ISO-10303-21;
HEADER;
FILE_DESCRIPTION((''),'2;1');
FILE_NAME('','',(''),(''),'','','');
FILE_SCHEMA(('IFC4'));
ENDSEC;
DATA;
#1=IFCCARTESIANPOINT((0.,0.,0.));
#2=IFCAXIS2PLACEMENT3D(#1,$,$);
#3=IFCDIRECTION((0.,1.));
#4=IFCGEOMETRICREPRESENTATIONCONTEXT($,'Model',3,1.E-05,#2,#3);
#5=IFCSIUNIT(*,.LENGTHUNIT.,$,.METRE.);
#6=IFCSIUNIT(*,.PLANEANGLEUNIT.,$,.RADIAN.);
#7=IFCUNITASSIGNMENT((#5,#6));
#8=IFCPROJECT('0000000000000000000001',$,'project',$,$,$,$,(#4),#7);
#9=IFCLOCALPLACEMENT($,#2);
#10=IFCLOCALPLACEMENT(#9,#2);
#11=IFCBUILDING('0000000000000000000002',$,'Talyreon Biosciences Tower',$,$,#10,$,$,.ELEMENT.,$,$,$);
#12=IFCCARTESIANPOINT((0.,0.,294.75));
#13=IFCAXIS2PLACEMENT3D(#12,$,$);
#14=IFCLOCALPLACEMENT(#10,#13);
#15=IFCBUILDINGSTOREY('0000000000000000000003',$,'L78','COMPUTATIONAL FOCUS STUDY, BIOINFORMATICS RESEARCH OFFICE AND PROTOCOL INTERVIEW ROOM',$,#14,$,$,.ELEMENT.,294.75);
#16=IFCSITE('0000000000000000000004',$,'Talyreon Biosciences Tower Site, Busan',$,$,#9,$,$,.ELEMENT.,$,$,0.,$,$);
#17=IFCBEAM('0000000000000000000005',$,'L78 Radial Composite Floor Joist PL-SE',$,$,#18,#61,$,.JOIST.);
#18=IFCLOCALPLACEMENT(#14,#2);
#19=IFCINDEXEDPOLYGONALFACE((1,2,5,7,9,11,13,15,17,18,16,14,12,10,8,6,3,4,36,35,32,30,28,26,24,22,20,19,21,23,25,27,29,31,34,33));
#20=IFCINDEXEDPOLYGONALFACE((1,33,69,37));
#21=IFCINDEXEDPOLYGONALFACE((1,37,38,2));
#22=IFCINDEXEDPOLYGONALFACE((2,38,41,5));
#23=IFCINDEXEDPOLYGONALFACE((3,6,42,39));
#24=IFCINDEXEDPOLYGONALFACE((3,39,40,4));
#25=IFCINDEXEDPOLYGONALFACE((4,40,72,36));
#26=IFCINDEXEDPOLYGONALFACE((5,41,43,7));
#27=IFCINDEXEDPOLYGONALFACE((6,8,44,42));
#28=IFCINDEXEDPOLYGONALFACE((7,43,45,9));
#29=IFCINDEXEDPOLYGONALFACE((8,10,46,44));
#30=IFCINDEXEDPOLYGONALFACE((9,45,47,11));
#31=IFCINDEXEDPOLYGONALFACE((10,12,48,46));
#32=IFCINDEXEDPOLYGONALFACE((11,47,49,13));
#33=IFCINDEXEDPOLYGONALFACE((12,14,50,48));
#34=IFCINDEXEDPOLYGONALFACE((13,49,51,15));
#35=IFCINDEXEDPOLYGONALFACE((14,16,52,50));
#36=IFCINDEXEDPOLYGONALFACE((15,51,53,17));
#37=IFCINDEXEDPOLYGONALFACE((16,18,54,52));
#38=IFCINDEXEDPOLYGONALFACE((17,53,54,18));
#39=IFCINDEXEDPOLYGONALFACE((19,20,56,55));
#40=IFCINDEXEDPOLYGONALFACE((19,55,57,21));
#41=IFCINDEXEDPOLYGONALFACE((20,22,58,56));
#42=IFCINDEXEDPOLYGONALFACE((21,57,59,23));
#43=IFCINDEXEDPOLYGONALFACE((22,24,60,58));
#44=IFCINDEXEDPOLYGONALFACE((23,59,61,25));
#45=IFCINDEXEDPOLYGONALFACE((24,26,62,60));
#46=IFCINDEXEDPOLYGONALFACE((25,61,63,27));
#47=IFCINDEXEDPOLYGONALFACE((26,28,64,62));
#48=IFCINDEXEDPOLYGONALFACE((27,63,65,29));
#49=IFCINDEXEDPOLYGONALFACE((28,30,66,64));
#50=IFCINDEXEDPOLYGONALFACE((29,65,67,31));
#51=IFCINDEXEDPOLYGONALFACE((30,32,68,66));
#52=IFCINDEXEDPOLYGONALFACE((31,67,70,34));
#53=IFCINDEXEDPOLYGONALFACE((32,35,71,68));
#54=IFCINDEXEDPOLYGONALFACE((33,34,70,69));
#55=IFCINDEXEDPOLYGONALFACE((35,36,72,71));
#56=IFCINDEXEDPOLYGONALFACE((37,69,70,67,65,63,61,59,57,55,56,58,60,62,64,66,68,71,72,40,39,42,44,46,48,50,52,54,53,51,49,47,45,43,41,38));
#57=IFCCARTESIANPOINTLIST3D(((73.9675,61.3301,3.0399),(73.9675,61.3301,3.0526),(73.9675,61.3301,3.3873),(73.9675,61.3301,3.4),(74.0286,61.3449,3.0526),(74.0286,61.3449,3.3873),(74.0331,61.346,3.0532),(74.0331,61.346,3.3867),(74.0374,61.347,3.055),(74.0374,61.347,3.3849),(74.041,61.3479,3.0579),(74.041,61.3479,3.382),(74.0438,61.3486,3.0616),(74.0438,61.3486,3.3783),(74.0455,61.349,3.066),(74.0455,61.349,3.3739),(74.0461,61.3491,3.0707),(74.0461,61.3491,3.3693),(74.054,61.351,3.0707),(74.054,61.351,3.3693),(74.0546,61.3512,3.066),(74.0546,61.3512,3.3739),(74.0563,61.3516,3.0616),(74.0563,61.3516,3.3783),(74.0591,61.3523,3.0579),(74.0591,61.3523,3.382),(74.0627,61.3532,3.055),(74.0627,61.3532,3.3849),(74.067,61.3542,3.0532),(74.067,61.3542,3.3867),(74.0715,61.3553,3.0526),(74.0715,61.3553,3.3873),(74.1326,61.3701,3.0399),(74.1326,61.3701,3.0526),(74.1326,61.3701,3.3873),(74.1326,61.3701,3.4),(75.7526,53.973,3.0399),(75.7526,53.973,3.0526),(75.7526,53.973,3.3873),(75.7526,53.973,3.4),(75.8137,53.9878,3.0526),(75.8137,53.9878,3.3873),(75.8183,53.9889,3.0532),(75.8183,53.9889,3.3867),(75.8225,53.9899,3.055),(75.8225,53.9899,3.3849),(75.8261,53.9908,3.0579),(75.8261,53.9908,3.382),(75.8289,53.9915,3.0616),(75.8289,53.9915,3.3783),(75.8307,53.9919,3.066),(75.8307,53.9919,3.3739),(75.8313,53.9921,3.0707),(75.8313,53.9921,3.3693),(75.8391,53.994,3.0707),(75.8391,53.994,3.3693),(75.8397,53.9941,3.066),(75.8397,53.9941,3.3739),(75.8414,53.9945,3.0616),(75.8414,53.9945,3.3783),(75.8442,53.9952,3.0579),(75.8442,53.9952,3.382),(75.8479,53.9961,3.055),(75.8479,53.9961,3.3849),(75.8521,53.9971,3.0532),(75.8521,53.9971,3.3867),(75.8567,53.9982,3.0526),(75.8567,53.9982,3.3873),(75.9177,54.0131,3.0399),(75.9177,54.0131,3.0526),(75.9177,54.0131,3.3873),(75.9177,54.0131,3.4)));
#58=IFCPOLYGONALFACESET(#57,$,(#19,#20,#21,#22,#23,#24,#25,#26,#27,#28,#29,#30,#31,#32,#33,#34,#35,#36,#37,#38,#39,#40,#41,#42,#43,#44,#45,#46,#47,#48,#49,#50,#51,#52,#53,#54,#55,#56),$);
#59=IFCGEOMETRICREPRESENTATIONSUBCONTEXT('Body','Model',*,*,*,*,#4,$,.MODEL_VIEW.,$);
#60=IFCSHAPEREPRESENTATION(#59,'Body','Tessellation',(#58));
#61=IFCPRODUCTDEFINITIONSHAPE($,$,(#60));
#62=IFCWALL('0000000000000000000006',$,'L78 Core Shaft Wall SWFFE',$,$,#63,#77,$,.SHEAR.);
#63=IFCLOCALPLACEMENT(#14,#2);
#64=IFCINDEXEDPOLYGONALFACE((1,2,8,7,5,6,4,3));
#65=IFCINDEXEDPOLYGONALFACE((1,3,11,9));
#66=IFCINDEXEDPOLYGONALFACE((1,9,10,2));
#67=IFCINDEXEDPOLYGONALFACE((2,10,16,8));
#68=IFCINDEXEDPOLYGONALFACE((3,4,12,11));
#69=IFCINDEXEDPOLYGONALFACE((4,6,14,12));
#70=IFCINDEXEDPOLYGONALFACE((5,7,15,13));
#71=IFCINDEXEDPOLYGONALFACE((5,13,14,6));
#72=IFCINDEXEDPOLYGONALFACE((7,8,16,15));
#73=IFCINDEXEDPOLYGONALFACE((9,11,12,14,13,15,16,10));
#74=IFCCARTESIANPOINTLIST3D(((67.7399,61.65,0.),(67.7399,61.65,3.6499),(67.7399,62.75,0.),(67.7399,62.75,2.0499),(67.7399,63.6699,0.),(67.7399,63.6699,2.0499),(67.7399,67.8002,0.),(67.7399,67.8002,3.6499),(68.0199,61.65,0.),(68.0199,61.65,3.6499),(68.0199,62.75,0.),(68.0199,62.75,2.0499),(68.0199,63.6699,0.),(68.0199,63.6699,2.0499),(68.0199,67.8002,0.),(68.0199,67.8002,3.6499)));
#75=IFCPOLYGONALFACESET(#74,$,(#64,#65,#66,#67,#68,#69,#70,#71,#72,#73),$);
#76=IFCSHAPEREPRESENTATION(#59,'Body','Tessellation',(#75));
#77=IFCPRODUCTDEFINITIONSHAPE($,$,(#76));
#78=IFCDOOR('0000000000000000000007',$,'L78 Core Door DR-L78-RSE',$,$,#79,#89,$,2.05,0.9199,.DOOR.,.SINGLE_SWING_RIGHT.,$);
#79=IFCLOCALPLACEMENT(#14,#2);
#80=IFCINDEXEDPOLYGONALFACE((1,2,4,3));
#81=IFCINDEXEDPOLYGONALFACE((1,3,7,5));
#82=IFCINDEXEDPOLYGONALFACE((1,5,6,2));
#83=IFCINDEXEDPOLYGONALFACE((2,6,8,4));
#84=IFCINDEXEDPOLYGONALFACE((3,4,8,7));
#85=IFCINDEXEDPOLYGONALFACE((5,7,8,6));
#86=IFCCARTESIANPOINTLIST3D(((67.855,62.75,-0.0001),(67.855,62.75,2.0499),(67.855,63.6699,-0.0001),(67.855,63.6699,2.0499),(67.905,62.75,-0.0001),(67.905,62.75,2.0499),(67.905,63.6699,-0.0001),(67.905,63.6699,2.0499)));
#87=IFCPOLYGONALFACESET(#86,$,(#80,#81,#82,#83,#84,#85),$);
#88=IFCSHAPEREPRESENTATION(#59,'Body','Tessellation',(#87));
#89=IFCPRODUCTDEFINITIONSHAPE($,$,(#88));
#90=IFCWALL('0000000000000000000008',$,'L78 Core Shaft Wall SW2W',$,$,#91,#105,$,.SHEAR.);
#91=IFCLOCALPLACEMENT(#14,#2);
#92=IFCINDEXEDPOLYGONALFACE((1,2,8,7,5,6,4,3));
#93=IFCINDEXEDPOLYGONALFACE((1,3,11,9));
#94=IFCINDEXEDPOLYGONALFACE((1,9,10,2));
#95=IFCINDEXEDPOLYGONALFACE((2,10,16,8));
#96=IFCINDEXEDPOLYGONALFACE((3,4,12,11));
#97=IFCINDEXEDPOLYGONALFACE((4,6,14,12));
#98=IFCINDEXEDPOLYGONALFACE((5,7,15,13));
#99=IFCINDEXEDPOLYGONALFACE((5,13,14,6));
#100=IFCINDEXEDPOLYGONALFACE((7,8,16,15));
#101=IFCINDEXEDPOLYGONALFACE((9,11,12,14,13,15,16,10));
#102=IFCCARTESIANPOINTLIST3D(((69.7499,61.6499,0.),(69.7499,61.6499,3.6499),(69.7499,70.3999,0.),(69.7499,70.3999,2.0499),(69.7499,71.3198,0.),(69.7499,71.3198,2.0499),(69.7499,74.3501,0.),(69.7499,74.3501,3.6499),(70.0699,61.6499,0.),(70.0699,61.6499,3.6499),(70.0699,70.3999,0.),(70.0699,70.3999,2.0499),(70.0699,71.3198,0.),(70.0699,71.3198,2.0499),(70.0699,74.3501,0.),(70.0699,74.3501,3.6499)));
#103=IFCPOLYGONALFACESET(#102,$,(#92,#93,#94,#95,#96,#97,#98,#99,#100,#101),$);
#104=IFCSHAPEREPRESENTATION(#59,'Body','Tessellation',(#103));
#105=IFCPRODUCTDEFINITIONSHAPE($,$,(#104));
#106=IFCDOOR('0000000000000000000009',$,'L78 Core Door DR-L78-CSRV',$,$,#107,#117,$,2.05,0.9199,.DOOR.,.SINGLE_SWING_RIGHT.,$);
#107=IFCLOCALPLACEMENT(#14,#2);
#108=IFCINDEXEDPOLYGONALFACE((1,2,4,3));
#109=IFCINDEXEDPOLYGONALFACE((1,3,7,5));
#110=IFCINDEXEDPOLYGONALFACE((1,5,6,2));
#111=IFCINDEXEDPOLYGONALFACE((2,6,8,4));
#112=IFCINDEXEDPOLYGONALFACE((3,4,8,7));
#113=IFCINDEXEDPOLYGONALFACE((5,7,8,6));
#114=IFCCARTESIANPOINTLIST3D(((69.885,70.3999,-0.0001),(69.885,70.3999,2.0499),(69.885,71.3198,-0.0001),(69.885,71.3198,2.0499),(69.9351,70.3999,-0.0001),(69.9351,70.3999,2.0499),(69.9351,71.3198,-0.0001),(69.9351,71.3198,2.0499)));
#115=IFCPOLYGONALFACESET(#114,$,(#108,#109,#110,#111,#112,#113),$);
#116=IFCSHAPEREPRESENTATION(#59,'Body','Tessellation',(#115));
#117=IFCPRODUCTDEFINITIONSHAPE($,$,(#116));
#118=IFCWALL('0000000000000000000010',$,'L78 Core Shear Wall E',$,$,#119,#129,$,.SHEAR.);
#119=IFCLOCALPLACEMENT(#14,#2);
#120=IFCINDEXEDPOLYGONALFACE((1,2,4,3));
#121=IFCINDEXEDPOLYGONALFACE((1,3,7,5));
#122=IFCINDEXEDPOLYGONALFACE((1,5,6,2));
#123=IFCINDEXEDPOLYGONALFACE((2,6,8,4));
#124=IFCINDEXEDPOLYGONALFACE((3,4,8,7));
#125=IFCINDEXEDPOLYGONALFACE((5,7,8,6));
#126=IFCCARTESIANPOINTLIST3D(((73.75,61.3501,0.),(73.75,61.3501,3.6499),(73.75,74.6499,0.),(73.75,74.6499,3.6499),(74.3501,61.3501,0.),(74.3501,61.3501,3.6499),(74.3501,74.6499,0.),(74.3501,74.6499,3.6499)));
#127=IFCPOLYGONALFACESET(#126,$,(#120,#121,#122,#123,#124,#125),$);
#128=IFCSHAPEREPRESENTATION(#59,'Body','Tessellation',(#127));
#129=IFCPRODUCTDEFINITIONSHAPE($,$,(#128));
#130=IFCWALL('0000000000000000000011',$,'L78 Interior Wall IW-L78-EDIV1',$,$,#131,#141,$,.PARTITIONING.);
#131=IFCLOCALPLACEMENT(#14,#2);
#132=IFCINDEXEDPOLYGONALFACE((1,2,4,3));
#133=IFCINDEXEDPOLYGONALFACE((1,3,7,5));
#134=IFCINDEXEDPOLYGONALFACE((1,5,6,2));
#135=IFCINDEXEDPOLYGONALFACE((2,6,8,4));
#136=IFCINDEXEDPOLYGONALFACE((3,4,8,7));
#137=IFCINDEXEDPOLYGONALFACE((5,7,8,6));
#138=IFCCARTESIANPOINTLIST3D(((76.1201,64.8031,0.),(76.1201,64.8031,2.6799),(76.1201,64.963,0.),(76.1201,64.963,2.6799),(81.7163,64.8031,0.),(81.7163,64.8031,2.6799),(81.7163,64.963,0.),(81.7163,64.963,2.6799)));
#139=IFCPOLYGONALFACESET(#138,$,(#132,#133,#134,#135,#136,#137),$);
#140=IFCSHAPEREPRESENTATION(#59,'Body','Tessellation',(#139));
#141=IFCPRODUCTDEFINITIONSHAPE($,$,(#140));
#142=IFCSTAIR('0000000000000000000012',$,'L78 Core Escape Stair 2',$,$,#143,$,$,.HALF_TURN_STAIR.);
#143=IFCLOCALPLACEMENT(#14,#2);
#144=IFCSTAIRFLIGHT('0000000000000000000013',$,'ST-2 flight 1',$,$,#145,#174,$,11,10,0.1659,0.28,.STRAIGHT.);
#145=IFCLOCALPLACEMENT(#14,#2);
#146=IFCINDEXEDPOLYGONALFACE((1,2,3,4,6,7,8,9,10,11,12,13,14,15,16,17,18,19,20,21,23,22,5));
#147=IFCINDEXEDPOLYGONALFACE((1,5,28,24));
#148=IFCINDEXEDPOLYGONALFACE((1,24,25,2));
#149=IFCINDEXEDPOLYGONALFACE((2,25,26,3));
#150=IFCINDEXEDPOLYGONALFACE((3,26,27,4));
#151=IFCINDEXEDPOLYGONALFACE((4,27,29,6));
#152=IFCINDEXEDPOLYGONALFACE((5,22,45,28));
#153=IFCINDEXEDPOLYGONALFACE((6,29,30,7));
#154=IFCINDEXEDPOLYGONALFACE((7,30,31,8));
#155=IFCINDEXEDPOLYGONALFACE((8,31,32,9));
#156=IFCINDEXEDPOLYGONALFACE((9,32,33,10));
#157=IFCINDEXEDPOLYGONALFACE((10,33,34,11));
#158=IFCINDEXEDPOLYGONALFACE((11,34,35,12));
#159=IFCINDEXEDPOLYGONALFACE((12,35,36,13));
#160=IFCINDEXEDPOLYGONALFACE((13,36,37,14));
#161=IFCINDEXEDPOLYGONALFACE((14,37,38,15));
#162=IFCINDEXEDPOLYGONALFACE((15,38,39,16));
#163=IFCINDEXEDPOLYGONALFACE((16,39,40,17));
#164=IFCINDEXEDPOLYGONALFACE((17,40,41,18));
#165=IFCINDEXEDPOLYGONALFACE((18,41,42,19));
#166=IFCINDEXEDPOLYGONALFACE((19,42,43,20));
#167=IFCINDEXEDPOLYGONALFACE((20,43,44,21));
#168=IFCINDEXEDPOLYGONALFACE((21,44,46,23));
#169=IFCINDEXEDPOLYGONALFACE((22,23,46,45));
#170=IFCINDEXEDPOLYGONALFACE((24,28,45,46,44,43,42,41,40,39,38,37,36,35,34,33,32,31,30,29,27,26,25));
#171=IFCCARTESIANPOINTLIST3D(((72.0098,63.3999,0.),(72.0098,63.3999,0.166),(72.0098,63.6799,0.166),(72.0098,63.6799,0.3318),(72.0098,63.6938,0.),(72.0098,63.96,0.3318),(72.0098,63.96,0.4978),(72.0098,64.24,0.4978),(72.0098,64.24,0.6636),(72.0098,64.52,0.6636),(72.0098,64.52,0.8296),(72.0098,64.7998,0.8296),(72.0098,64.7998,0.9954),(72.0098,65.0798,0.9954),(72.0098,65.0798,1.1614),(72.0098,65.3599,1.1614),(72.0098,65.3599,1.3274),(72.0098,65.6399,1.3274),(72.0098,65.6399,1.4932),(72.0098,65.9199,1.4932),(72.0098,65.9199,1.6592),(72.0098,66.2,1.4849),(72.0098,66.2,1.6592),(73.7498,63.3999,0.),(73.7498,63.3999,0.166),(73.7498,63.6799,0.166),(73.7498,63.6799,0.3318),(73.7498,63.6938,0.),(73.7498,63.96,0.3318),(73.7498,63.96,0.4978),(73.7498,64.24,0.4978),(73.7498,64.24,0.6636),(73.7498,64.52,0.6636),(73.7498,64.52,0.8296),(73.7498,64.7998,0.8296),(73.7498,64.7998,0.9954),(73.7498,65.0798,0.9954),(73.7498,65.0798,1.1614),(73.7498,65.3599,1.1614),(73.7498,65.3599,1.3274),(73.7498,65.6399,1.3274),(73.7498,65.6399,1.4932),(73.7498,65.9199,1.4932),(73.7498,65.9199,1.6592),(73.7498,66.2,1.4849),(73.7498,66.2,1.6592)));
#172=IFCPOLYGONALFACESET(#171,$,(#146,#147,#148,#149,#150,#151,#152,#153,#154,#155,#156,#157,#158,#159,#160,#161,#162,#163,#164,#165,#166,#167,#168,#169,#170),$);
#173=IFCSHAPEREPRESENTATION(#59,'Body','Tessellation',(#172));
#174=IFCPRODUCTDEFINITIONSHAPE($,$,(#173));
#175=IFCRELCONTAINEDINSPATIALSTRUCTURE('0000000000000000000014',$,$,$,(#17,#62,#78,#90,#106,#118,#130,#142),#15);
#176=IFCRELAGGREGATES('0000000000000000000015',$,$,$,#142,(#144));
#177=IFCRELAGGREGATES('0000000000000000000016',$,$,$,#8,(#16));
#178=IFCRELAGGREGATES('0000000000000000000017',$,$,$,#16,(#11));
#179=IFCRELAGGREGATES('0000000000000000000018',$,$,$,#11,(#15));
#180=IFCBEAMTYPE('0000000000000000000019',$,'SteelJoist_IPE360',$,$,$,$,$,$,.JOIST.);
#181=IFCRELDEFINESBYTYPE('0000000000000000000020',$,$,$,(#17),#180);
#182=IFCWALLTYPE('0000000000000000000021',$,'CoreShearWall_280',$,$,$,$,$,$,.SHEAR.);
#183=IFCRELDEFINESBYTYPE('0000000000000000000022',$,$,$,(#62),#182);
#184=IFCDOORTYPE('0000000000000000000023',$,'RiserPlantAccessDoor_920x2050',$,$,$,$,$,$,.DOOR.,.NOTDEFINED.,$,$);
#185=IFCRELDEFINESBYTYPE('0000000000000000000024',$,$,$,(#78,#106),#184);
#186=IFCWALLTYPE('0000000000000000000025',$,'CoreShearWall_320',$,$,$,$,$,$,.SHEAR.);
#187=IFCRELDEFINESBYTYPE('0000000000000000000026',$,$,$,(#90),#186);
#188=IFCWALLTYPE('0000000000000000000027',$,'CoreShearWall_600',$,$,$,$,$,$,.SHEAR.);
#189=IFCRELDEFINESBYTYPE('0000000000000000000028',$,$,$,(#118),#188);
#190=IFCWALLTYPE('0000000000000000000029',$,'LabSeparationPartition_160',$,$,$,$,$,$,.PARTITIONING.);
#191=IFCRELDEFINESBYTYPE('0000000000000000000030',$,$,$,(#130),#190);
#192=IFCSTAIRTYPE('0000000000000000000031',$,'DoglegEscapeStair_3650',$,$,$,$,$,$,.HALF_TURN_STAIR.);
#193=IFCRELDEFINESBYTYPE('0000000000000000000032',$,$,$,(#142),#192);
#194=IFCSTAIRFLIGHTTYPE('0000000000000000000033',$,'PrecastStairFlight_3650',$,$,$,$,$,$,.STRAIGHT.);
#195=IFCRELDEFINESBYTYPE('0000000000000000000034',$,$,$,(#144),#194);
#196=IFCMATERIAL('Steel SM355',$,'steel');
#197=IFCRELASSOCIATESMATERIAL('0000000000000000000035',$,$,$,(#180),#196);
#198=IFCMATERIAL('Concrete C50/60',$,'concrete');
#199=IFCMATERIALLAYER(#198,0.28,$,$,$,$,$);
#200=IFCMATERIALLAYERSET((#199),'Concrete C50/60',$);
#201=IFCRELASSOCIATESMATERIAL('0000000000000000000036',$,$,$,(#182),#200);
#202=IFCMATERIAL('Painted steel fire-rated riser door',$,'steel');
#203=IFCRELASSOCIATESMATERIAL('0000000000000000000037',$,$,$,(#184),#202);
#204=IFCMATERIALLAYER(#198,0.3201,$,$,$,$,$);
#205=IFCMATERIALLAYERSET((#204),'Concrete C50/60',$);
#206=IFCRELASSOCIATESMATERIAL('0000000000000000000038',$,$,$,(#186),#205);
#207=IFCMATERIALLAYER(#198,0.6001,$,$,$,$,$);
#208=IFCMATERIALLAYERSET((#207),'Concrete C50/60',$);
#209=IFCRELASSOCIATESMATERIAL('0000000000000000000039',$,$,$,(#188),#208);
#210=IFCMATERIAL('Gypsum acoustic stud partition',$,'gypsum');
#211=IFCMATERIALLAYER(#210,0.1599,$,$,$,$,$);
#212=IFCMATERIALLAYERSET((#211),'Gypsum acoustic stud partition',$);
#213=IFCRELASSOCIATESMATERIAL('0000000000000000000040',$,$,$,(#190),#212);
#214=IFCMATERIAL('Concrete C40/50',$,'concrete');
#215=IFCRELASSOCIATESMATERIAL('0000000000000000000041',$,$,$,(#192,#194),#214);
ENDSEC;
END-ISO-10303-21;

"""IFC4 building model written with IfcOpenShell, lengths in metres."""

from ifc_helpers import new_model, si_unit, direction, frame, frame_2d, origin, origin_2d, place, context, subcontext, project, spatial, polyline, rectangle, i_section, outline, extrude, material, layer, layer_set, material_profile, profile_set, type_object, element, fill, aggregate, save


model = new_model("IFC4")

# Units and contexts
model_context = context("Model", 3, precision=1e-05, world=origin(), true_north=direction((0.0, 1.0)))
body_context = subcontext(model_context, "Body", "Model", "MODEL_VIEW")
ifc_project = project(units=[si_unit("LENGTHUNIT", "METRE"), si_unit("PLANEANGLEUNIT", "RADIAN")], contexts=[model_context])

# Site, building, storey
site_placement = place(None, origin())
site = spatial("IfcSite", under=ifc_project, at=site_placement, Name="Talyreon Biosciences Tower Site, Busan", CompositionType="ELEMENT", RefElevation=0.0)
building_placement = place(site_placement, origin())
building = spatial("IfcBuilding", under=site, at=building_placement, Name="Talyreon Biosciences Tower", CompositionType="ELEMENT")
storey_placement = place(building_placement, frame((0.0, 0.0, 294.75)))
storey = spatial("IfcBuildingStorey", under=building, at=storey_placement, Name="L78", Description="COMPUTATIONAL FOCUS STUDY, BIOINFORMATICS RESEARCH OFFICE AND PROTOCOL INTERVIEW ROOM", CompositionType="ELEMENT", Elevation=294.75)

# Shared definitions
ifc_material_1 = material(Name="Concrete C50/60", Category="concrete")

# Beam
ifc_material_2 = material(Name="Steel SM355", Category="steel")
ifc_material_profile_1 = material_profile(ifc_material_2, i_section(OverallWidth=0.1699, OverallDepth=0.3601, WebThickness=0.0081, FlangeThickness=0.0127, FilletRadius=0.0181, at=origin_2d()), Name="IPE360")
ifc_profile_set_1 = profile_set([ifc_material_profile_1], Name="Steel SM355")
beam_type_1 = type_object("IfcBeamType", Name="SteelJoist_IPE360", PredefinedType="JOIST", material=ifc_profile_set_1)
beam_1_placement = place(storey_placement, frame((74.05, 61.3501, 3.22), z_axis=(0.235799, -0.971802, 0.0), x_axis=(0.971802, 0.235799, 0.0)))
element("IfcBeam", 1, at=beam_1_placement, inside=storey, type_object=beam_type_1, Name="L78 Radial Composite Floor Joist PL-SE", PredefinedType="JOIST", context=body_context, shape_type="SweptSolid", body=[
    extrude(i_section(OverallWidth=0.1699, OverallDepth=0.3601, WebThickness=0.0081, FlangeThickness=0.0127, FilletRadius=0.0181, at=origin_2d()), origin(), (0.0, 0.0, 1.0), 7.5706),
])

# Walls, openings, doors
ifc_layer_1 = layer(ifc_material_1, 0.28)
ifc_layer_set_1 = layer_set([ifc_layer_1], Name="Concrete C50/60")
wall_type_1 = type_object("IfcWallType", Name="CoreShearWall_280", PredefinedType="SHEAR", material=ifc_layer_set_1)
wall_1_placement = place(storey_placement, frame((67.8799, 61.6499, 0.0), z_axis=(0.0, 0.0, 1.0), x_axis=(0.0, 1.0, 0.0)))
wall_1 = element("IfcWall", 2, at=wall_1_placement, inside=storey, type_object=wall_type_1, Name="L78 Core Shaft Wall SWFFE", PredefinedType="SHEAR", context=body_context, shape_type="SweptSolid", body=[
    extrude(rectangle(XDim=6.1501, YDim=0.28, at=frame_2d((3.0752, 0.0))), origin(), (0.0, 0.0, 1.0), 3.6499),
])
opening_1_placement = place(wall_1_placement, frame((1.1001, 0.0, 0.0)))
opening_1 = element("IfcOpeningElement", 3, at=opening_1_placement, cuts=wall_1, PredefinedType="OPENING", context=body_context, shape_type="SweptSolid", body=[
    extrude(rectangle(XDim=0.9199, YDim=2.05, at=frame_2d((0.46, 1.0249))), frame((0.0, 0.1499, 0.0), z_axis=(0.0, -1.0, 0.0), x_axis=(1.0, 0.0, 0.0)), (0.0, 0.0, 1.0), 0.3),
])
ifc_material_3 = material(Name="Painted steel fire-rated riser door", Category="steel")
door_type = type_object("IfcDoorType", Name="RiserPlantAccessDoor_920x2050", OperationType="NOTDEFINED", PredefinedType="DOOR", material=ifc_material_3)
door_1_placement = place(opening_1_placement, origin())
door_1 = element("IfcDoor", 4, at=door_1_placement, inside=storey, type_object=door_type, Name="L78 Core Door DR-L78-RSE", OperationType="SINGLE_SWING_RIGHT", OverallHeight=2.05, OverallWidth=0.9199, PredefinedType="DOOR", context=body_context, shape_type="SweptSolid", body=[
    extrude(rectangle(XDim=0.9199, YDim=2.05, at=frame_2d((0.46, 1.0249))), frame((0.0, 0.0249, 0.0), z_axis=(0.0, -1.0, 0.0), x_axis=(1.0, 0.0, 0.0)), (0.0, 0.0, 1.0), 0.05),
])
fill(opening_1, door_1)
ifc_layer_2 = layer(ifc_material_1, 0.3201)
ifc_layer_set_2 = layer_set([ifc_layer_2], Name="Concrete C50/60")
wall_type_2 = type_object("IfcWallType", Name="CoreShearWall_320", PredefinedType="SHEAR", material=ifc_layer_set_2)
wall_2_placement = place(storey_placement, frame((69.9099, 61.6499, 0.0), z_axis=(0.0, 0.0, 1.0), x_axis=(0.0, 1.0, 0.0)))
wall_2 = element("IfcWall", 5, at=wall_2_placement, inside=storey, type_object=wall_type_2, Name="L78 Core Shaft Wall SW2W", PredefinedType="SHEAR", context=body_context, shape_type="SweptSolid", body=[
    extrude(rectangle(XDim=12.7002, YDim=0.3201, at=frame_2d((6.3501, 0.0))), origin(), (0.0, 0.0, 1.0), 3.6499),
])
opening_2_placement = place(wall_2_placement, frame((8.75, 0.0, 0.0)))
opening_2 = element("IfcOpeningElement", 6, at=opening_2_placement, cuts=wall_2, PredefinedType="OPENING", context=body_context, shape_type="SweptSolid", body=[
    extrude(rectangle(XDim=0.9199, YDim=2.05, at=frame_2d((0.46, 1.0249))), frame((0.0, 0.1699, 0.0), z_axis=(0.0, -1.0, 0.0), x_axis=(1.0, 0.0, 0.0)), (0.0, 0.0, 1.0), 0.3401),
])
door_2_placement = place(opening_2_placement, origin())
door_2 = element("IfcDoor", 7, at=door_2_placement, inside=storey, type_object=door_type, Name="L78 Core Door DR-L78-CSRV", OperationType="SINGLE_SWING_RIGHT", OverallHeight=2.05, OverallWidth=0.9199, PredefinedType="DOOR", context=body_context, shape_type="SweptSolid", body=[
    extrude(rectangle(XDim=0.9199, YDim=2.05, at=frame_2d((0.46, 1.0249))), frame((0.0, 0.0249, 0.0), z_axis=(0.0, -1.0, 0.0), x_axis=(1.0, 0.0, 0.0)), (0.0, 0.0, 1.0), 0.05),
])
fill(opening_2, door_2)

# Walls
ifc_layer_3 = layer(ifc_material_1, 0.6001)
ifc_layer_set_3 = layer_set([ifc_layer_3], Name="Concrete C50/60")
wall_type_3 = type_object("IfcWallType", Name="CoreShearWall_600", PredefinedType="SHEAR", material=ifc_layer_set_3)
wall_3_placement = place(storey_placement, frame((74.05, 61.3501, 0.0), z_axis=(0.0, 0.0, 1.0), x_axis=(0.0, 1.0, 0.0)))
element("IfcWall", 8, at=wall_3_placement, inside=storey, type_object=wall_type_3, Name="L78 Core Shear Wall E", PredefinedType="SHEAR", context=body_context, shape_type="SweptSolid", body=[
    extrude(rectangle(XDim=13.2998, YDim=0.6001, at=frame_2d((6.6499, 0.0))), origin(), (0.0, 0.0, 1.0), 3.6499),
])
ifc_material_4 = material(Name="Gypsum acoustic stud partition", Category="gypsum")
ifc_layer_4 = layer(ifc_material_4, 0.1599)
ifc_layer_set_4 = layer_set([ifc_layer_4], Name="Gypsum acoustic stud partition")
wall_type_4 = type_object("IfcWallType", Name="LabSeparationPartition_160", PredefinedType="PARTITIONING", material=ifc_layer_set_4)
wall_4_placement = place(storey_placement, frame((76.1201, 64.8831, 0.0), z_axis=(0.0, 0.0, 1.0), x_axis=(1.0, 0.0, 0.0)))
element("IfcWall", 9, at=wall_4_placement, inside=storey, type_object=wall_type_4, Name="L78 Interior Wall IW-L78-EDIV1", PredefinedType="PARTITIONING", context=body_context, shape_type="SweptSolid", body=[
    extrude(rectangle(XDim=5.5962, YDim=0.1599, at=frame_2d((2.7981, 0.0))), origin(), (0.0, 0.0, 1.0), 2.6799),
])

# Stair, stair flight
ifc_material_5 = material(Name="Concrete C40/50", Category="concrete")
stair_type = type_object("IfcStairType", Name="DoglegEscapeStair_3650", PredefinedType="HALF_TURN_STAIR", material=ifc_material_5)
stair_placement = place(storey_placement, origin())
stair = element("IfcStair", 10, at=stair_placement, inside=storey, type_object=stair_type, Name="L78 Core Escape Stair 2", PredefinedType="HALF_TURN_STAIR")
stair_flight_type = type_object("IfcStairFlightType", Name="PrecastStairFlight_3650", PredefinedType="STRAIGHT", material=ifc_material_5)
stair_flight_1_placement = place(storey_placement, frame((72.8799, 63.3999, 0.0), z_axis=(0.0, 0.0, 1.0), x_axis=(0.0, 1.0, 0.0)))
stair_flight_1 = element("IfcStairFlight", 11, at=stair_flight_1_placement, type_object=stair_flight_type, Name="ST-2 flight 1", NumberOfRisers=11, NumberOfTreads=10, PredefinedType="STRAIGHT", RiserHeight=0.1659, TreadLength=0.28, context=body_context, shape_type="SweptSolid", body=[
    extrude(outline(polyline([(0.0, 0.0), (0.0, 0.166), (0.28, 0.166), (0.28, 0.3318), (0.5601, 0.3318), (0.5601, 0.4978), (0.8401, 0.4978), (0.8401, 0.6636), (1.1201, 0.6636), (1.1201, 0.8296), (1.3999, 0.8296), (1.3999, 0.9954), (1.6799, 0.9954), (1.6799, 1.1614), (1.96, 1.1614), (1.96, 1.3274), (2.24, 1.3274), (2.24, 1.4932), (2.52, 1.4932), (2.52, 1.6592), (2.8, 1.6592), (2.8, 1.825), (2.8, 1.4849), (0.2939, 0.0), (0.0, 0.0)])), frame((0.0, 0.8701, 0.0), z_axis=(0.0, -1.0, 0.0), x_axis=(1.0, 0.0, 0.0)), (0.0, 0.0, 1.0), 1.74),
])
aggregate(stair, [stair_flight_1])

save(model, "model.ifc")
